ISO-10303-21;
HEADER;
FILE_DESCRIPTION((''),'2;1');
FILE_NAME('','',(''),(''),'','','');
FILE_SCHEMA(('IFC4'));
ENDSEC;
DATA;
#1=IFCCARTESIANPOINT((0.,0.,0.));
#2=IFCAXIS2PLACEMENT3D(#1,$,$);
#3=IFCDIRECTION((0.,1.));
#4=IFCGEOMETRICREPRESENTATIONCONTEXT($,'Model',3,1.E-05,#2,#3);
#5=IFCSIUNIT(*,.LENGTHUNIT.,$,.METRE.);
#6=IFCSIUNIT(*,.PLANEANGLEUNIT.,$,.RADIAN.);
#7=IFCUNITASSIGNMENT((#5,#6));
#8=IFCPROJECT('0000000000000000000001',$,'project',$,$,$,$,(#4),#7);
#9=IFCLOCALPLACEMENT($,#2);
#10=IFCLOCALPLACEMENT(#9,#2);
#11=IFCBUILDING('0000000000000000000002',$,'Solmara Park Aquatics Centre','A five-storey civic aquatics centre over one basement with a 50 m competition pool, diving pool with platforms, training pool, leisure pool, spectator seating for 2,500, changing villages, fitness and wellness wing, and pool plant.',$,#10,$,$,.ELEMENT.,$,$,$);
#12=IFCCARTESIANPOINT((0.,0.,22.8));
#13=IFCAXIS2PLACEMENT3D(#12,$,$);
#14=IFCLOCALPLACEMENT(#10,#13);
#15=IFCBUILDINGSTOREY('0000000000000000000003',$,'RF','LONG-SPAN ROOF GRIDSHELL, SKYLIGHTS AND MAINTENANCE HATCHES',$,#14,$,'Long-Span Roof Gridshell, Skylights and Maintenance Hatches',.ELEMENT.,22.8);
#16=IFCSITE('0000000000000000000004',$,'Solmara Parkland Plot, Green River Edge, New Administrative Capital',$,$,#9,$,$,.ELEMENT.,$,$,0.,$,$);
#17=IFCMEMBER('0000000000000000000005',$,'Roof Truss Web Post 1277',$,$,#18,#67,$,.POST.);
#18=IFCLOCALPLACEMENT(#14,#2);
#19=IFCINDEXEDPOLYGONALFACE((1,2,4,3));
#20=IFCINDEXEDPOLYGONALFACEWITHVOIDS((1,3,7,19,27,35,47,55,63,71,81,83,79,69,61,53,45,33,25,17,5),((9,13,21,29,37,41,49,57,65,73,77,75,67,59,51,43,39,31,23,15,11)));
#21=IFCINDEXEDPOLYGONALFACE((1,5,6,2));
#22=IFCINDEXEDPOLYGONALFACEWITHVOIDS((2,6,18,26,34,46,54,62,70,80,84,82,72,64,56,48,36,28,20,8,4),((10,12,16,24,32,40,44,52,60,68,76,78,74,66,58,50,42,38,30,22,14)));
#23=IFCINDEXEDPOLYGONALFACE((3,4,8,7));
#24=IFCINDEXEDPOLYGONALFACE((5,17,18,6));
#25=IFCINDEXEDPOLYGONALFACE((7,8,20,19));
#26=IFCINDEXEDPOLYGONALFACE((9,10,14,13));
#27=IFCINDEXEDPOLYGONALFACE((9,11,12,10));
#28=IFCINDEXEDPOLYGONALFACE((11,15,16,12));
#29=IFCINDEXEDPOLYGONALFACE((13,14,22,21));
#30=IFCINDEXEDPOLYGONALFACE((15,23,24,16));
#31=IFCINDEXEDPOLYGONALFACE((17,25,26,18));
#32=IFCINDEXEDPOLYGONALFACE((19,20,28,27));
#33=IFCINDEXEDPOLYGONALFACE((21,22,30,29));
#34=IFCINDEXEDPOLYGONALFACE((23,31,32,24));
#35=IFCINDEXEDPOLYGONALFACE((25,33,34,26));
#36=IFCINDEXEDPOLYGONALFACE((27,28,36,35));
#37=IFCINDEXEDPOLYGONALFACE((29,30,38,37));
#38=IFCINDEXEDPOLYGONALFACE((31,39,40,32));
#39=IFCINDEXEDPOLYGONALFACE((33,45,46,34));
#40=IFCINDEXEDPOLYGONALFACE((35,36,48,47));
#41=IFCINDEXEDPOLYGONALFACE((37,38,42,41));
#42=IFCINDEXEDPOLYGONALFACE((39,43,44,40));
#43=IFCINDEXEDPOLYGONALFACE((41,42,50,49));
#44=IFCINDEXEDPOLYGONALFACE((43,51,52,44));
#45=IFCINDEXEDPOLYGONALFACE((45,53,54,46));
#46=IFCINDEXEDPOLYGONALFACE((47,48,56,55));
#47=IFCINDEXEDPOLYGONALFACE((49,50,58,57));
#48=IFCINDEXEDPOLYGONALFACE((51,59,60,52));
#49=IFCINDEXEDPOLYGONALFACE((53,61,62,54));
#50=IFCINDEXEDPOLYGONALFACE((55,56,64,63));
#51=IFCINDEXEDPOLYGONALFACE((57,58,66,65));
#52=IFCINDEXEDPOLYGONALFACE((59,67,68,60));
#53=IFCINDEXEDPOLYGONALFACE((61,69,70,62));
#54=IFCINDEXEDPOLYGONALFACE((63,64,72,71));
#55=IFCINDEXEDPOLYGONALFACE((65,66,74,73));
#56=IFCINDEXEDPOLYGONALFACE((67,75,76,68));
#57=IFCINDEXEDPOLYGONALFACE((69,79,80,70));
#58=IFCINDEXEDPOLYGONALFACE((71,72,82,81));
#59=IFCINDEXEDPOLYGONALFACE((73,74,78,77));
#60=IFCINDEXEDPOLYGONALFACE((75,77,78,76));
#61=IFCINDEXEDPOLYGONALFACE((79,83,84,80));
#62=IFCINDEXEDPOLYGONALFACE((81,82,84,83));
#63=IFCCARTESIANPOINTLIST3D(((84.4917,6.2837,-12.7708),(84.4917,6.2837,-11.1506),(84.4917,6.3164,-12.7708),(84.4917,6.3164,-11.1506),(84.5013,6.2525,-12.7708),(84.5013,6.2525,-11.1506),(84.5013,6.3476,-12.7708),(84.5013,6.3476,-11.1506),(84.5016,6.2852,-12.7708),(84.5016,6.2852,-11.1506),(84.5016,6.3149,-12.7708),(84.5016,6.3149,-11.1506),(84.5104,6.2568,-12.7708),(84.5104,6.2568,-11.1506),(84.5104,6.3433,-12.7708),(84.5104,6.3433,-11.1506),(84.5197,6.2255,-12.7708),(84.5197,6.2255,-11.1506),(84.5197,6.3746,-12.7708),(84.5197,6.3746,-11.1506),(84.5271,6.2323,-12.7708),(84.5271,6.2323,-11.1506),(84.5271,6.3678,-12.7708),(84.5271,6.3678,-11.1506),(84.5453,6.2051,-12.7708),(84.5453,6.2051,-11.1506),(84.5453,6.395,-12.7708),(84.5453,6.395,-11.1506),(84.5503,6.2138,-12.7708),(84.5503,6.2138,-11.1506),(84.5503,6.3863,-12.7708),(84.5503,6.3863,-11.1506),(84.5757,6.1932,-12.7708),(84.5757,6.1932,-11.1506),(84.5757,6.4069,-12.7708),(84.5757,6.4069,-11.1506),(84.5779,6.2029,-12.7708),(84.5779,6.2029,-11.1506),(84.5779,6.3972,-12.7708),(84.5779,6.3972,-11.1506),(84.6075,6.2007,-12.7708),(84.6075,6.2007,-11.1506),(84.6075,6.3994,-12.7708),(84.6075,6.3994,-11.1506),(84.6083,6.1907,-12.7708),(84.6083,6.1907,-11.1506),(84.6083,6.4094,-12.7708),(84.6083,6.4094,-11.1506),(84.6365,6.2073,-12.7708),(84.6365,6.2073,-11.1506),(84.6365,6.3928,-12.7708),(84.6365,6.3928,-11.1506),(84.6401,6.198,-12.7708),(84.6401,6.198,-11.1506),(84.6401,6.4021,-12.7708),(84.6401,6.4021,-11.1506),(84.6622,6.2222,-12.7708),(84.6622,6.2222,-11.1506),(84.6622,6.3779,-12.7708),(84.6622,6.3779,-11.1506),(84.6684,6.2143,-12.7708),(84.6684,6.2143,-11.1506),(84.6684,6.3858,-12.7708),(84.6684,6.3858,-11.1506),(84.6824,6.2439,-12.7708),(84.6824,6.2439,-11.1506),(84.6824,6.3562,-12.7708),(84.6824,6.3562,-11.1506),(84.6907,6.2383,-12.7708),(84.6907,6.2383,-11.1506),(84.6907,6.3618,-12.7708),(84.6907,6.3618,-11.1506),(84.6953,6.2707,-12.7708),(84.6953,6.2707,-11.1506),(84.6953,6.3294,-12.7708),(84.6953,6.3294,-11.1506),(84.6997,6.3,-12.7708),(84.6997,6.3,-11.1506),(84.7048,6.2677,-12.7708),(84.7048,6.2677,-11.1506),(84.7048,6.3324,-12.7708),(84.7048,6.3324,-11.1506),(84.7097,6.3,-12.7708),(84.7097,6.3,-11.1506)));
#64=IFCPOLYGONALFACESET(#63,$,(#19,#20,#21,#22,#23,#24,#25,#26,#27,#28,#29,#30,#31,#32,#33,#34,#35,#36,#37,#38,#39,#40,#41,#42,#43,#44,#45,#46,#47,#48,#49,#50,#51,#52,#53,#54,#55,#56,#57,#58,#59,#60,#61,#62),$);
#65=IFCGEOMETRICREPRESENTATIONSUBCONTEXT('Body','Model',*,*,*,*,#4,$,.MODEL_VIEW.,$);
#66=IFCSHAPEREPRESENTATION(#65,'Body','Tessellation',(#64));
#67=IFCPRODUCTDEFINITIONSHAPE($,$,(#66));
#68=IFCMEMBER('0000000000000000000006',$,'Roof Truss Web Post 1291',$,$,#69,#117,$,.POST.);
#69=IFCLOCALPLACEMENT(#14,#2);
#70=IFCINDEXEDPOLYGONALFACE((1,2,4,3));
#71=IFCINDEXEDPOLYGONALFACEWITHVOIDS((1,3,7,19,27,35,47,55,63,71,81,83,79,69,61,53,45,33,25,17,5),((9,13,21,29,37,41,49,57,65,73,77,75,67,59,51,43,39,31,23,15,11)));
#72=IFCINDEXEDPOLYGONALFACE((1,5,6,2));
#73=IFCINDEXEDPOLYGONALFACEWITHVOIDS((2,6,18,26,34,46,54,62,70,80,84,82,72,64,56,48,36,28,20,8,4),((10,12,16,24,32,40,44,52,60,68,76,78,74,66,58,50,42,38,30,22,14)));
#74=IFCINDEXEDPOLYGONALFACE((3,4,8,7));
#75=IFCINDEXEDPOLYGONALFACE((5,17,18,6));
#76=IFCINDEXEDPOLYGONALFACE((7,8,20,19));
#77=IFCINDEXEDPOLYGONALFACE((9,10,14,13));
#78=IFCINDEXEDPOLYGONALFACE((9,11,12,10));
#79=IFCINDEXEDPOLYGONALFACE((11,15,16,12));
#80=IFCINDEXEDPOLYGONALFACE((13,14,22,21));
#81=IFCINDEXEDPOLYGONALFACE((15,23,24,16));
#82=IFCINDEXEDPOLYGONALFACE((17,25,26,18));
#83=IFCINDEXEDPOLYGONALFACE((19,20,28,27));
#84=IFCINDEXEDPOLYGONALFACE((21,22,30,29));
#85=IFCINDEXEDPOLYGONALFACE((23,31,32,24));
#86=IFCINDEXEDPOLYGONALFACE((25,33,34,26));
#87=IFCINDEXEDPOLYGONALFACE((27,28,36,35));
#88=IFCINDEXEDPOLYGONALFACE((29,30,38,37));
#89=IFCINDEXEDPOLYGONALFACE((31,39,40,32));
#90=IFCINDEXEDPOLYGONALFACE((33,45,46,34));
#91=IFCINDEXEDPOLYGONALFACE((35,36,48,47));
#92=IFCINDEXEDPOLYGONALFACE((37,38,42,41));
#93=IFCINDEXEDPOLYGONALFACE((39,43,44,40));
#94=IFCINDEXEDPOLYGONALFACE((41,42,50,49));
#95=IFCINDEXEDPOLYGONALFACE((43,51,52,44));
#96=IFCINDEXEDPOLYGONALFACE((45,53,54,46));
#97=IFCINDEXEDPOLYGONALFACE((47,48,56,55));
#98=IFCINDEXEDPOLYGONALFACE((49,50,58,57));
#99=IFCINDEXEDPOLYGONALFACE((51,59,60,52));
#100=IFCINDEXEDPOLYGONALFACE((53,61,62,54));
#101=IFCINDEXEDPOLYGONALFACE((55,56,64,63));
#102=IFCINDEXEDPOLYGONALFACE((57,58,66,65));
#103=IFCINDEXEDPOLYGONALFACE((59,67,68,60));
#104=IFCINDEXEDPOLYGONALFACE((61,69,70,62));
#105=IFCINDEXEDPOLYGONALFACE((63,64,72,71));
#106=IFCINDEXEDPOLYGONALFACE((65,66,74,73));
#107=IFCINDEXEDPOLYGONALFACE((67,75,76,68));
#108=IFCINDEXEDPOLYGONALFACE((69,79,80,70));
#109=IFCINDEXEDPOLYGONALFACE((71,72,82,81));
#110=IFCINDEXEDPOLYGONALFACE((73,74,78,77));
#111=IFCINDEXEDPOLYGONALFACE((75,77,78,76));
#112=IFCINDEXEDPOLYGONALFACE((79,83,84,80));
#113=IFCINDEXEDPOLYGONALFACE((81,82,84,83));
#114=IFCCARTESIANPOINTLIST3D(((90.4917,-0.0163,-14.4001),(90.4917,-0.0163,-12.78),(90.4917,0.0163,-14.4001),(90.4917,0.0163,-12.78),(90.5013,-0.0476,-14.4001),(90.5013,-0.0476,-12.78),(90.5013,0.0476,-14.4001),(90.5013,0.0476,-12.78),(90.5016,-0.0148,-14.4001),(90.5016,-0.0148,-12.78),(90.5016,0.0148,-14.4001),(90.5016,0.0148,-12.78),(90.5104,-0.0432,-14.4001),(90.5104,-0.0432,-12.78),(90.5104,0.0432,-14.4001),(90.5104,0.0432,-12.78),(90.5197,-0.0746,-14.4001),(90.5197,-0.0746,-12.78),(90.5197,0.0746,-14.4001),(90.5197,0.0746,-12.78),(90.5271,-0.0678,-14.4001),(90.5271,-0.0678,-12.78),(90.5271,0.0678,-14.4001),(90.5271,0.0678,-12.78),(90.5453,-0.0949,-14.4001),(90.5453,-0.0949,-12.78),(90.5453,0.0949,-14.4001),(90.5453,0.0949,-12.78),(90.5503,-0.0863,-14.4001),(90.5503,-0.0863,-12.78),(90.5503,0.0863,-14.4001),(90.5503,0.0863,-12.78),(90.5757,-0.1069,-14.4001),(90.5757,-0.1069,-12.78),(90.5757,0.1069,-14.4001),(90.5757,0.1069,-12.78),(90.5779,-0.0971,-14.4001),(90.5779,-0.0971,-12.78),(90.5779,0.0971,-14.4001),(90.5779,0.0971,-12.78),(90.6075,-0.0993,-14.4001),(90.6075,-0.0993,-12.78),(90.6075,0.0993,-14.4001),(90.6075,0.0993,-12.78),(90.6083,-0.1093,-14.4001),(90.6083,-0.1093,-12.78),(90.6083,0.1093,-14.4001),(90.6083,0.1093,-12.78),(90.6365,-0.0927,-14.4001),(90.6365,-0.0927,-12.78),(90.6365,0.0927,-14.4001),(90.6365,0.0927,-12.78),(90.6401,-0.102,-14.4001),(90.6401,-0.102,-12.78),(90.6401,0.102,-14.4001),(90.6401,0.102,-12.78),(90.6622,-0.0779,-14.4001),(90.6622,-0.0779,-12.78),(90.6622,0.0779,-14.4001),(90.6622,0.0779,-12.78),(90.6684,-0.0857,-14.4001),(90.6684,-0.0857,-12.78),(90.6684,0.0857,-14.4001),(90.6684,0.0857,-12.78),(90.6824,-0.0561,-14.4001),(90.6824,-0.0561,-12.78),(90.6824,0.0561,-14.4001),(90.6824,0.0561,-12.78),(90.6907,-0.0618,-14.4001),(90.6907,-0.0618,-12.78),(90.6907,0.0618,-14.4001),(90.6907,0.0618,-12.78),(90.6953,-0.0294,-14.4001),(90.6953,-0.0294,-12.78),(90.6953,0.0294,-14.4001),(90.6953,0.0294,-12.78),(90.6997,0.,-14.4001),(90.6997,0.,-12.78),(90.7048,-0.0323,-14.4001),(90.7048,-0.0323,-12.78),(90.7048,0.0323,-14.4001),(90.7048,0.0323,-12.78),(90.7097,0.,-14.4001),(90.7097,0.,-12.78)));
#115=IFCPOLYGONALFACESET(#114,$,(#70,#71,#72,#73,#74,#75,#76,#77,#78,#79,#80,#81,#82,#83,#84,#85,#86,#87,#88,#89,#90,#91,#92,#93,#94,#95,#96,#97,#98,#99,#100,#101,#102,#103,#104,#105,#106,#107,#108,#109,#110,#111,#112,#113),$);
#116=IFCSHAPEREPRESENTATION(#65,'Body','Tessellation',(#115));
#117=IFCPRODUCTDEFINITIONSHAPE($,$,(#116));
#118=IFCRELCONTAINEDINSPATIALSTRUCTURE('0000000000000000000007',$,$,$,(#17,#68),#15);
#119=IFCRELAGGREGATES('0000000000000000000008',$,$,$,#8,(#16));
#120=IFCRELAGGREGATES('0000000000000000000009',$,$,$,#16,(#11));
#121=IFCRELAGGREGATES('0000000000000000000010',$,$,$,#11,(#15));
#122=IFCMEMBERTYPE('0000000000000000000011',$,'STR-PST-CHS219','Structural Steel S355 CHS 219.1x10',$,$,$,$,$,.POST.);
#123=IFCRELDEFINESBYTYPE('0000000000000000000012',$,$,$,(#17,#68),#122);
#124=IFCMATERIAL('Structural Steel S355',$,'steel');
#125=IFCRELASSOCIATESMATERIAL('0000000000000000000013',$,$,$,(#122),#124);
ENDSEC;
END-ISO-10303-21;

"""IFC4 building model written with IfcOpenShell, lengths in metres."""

from ifc_helpers import new_model, si_unit, direction, frame, origin, origin_2d, place, context, subcontext, project, spatial, hollow_circle, extrude, material, material_profile, profile_set, type_object, element, save


model = new_model("IFC4")

# Units and contexts
model_context = context("Model", 3, precision=1e-05, world=origin(), true_north=direction((0.0, 1.0)))
body_context = subcontext(model_context, "Body", "Model", "MODEL_VIEW")
ifc_project = project(units=[si_unit("LENGTHUNIT", "METRE"), si_unit("PLANEANGLEUNIT", "RADIAN")], contexts=[model_context])

# Site, building, storey
site_placement = place(None, origin())
site = spatial("IfcSite", under=ifc_project, at=site_placement, Name="Solmara Parkland Plot, Green River Edge, New Administrative Capital", CompositionType="ELEMENT", RefElevation=0.0)
building_placement = place(site_placement, origin())
building = spatial("IfcBuilding", under=site, at=building_placement, Name="Solmara Park Aquatics Centre", Description="A five-storey civic aquatics centre over one basement with a 50 m competition pool, diving pool with platforms, training pool, leisure pool, spectator seating for 2,500, changing villages, fitness and wellness wing, and pool plant.", CompositionType="ELEMENT")
storey_placement = place(building_placement, frame((0.0, 0.0, 22.8)))
storey = spatial("IfcBuildingStorey", under=building, at=storey_placement, Name="RF", Description="LONG-SPAN ROOF GRIDSHELL, SKYLIGHTS AND MAINTENANCE HATCHES", LongName="Long-Span Roof Gridshell, Skylights and Maintenance Hatches", CompositionType="ELEMENT", Elevation=22.8)

# Members
ifc_material_1 = material(Name="Structural Steel S355", Category="steel")
ifc_material_profile_1 = material_profile(ifc_material_1, hollow_circle(Radius=0.1096, WallThickness=0.01, at=origin_2d()), Name="CHS 219.1x10")
ifc_profile_set_1 = profile_set([ifc_material_profile_1], Name="Structural Steel S355")
member_type_1 = type_object("IfcMemberType", Name="STR-PST-CHS219", Description="Structural Steel S355 CHS 219.1x10", PredefinedType="POST", material=ifc_profile_set_1)
for number, where, z_axis, x_axis, name in (
    (1, (84.6001, 6.3, -12.7708), (0.0, 0.0, 1.0), (1.0, 0.0, 0.0), "Roof Truss Web Post 1277"),
    (2, (90.6001, 0.0, -14.4001), (0.0, 0.0, 1.0), (1.0, 0.0, 0.0), "Roof Truss Web Post 1291"),
):
    element("IfcMember", number, at=place(storey_placement, frame(where, z_axis=z_axis, x_axis=x_axis)), inside=storey, type_object=member_type_1, Name=name, PredefinedType="POST", context=body_context, shape_type="SweptSolid", body=[
        extrude(hollow_circle(Radius=0.1096, WallThickness=0.01, at=origin_2d()), origin(), (0.0, 0.0, 1.0), 1.6201),
    ])

save(model, "model.ifc")
